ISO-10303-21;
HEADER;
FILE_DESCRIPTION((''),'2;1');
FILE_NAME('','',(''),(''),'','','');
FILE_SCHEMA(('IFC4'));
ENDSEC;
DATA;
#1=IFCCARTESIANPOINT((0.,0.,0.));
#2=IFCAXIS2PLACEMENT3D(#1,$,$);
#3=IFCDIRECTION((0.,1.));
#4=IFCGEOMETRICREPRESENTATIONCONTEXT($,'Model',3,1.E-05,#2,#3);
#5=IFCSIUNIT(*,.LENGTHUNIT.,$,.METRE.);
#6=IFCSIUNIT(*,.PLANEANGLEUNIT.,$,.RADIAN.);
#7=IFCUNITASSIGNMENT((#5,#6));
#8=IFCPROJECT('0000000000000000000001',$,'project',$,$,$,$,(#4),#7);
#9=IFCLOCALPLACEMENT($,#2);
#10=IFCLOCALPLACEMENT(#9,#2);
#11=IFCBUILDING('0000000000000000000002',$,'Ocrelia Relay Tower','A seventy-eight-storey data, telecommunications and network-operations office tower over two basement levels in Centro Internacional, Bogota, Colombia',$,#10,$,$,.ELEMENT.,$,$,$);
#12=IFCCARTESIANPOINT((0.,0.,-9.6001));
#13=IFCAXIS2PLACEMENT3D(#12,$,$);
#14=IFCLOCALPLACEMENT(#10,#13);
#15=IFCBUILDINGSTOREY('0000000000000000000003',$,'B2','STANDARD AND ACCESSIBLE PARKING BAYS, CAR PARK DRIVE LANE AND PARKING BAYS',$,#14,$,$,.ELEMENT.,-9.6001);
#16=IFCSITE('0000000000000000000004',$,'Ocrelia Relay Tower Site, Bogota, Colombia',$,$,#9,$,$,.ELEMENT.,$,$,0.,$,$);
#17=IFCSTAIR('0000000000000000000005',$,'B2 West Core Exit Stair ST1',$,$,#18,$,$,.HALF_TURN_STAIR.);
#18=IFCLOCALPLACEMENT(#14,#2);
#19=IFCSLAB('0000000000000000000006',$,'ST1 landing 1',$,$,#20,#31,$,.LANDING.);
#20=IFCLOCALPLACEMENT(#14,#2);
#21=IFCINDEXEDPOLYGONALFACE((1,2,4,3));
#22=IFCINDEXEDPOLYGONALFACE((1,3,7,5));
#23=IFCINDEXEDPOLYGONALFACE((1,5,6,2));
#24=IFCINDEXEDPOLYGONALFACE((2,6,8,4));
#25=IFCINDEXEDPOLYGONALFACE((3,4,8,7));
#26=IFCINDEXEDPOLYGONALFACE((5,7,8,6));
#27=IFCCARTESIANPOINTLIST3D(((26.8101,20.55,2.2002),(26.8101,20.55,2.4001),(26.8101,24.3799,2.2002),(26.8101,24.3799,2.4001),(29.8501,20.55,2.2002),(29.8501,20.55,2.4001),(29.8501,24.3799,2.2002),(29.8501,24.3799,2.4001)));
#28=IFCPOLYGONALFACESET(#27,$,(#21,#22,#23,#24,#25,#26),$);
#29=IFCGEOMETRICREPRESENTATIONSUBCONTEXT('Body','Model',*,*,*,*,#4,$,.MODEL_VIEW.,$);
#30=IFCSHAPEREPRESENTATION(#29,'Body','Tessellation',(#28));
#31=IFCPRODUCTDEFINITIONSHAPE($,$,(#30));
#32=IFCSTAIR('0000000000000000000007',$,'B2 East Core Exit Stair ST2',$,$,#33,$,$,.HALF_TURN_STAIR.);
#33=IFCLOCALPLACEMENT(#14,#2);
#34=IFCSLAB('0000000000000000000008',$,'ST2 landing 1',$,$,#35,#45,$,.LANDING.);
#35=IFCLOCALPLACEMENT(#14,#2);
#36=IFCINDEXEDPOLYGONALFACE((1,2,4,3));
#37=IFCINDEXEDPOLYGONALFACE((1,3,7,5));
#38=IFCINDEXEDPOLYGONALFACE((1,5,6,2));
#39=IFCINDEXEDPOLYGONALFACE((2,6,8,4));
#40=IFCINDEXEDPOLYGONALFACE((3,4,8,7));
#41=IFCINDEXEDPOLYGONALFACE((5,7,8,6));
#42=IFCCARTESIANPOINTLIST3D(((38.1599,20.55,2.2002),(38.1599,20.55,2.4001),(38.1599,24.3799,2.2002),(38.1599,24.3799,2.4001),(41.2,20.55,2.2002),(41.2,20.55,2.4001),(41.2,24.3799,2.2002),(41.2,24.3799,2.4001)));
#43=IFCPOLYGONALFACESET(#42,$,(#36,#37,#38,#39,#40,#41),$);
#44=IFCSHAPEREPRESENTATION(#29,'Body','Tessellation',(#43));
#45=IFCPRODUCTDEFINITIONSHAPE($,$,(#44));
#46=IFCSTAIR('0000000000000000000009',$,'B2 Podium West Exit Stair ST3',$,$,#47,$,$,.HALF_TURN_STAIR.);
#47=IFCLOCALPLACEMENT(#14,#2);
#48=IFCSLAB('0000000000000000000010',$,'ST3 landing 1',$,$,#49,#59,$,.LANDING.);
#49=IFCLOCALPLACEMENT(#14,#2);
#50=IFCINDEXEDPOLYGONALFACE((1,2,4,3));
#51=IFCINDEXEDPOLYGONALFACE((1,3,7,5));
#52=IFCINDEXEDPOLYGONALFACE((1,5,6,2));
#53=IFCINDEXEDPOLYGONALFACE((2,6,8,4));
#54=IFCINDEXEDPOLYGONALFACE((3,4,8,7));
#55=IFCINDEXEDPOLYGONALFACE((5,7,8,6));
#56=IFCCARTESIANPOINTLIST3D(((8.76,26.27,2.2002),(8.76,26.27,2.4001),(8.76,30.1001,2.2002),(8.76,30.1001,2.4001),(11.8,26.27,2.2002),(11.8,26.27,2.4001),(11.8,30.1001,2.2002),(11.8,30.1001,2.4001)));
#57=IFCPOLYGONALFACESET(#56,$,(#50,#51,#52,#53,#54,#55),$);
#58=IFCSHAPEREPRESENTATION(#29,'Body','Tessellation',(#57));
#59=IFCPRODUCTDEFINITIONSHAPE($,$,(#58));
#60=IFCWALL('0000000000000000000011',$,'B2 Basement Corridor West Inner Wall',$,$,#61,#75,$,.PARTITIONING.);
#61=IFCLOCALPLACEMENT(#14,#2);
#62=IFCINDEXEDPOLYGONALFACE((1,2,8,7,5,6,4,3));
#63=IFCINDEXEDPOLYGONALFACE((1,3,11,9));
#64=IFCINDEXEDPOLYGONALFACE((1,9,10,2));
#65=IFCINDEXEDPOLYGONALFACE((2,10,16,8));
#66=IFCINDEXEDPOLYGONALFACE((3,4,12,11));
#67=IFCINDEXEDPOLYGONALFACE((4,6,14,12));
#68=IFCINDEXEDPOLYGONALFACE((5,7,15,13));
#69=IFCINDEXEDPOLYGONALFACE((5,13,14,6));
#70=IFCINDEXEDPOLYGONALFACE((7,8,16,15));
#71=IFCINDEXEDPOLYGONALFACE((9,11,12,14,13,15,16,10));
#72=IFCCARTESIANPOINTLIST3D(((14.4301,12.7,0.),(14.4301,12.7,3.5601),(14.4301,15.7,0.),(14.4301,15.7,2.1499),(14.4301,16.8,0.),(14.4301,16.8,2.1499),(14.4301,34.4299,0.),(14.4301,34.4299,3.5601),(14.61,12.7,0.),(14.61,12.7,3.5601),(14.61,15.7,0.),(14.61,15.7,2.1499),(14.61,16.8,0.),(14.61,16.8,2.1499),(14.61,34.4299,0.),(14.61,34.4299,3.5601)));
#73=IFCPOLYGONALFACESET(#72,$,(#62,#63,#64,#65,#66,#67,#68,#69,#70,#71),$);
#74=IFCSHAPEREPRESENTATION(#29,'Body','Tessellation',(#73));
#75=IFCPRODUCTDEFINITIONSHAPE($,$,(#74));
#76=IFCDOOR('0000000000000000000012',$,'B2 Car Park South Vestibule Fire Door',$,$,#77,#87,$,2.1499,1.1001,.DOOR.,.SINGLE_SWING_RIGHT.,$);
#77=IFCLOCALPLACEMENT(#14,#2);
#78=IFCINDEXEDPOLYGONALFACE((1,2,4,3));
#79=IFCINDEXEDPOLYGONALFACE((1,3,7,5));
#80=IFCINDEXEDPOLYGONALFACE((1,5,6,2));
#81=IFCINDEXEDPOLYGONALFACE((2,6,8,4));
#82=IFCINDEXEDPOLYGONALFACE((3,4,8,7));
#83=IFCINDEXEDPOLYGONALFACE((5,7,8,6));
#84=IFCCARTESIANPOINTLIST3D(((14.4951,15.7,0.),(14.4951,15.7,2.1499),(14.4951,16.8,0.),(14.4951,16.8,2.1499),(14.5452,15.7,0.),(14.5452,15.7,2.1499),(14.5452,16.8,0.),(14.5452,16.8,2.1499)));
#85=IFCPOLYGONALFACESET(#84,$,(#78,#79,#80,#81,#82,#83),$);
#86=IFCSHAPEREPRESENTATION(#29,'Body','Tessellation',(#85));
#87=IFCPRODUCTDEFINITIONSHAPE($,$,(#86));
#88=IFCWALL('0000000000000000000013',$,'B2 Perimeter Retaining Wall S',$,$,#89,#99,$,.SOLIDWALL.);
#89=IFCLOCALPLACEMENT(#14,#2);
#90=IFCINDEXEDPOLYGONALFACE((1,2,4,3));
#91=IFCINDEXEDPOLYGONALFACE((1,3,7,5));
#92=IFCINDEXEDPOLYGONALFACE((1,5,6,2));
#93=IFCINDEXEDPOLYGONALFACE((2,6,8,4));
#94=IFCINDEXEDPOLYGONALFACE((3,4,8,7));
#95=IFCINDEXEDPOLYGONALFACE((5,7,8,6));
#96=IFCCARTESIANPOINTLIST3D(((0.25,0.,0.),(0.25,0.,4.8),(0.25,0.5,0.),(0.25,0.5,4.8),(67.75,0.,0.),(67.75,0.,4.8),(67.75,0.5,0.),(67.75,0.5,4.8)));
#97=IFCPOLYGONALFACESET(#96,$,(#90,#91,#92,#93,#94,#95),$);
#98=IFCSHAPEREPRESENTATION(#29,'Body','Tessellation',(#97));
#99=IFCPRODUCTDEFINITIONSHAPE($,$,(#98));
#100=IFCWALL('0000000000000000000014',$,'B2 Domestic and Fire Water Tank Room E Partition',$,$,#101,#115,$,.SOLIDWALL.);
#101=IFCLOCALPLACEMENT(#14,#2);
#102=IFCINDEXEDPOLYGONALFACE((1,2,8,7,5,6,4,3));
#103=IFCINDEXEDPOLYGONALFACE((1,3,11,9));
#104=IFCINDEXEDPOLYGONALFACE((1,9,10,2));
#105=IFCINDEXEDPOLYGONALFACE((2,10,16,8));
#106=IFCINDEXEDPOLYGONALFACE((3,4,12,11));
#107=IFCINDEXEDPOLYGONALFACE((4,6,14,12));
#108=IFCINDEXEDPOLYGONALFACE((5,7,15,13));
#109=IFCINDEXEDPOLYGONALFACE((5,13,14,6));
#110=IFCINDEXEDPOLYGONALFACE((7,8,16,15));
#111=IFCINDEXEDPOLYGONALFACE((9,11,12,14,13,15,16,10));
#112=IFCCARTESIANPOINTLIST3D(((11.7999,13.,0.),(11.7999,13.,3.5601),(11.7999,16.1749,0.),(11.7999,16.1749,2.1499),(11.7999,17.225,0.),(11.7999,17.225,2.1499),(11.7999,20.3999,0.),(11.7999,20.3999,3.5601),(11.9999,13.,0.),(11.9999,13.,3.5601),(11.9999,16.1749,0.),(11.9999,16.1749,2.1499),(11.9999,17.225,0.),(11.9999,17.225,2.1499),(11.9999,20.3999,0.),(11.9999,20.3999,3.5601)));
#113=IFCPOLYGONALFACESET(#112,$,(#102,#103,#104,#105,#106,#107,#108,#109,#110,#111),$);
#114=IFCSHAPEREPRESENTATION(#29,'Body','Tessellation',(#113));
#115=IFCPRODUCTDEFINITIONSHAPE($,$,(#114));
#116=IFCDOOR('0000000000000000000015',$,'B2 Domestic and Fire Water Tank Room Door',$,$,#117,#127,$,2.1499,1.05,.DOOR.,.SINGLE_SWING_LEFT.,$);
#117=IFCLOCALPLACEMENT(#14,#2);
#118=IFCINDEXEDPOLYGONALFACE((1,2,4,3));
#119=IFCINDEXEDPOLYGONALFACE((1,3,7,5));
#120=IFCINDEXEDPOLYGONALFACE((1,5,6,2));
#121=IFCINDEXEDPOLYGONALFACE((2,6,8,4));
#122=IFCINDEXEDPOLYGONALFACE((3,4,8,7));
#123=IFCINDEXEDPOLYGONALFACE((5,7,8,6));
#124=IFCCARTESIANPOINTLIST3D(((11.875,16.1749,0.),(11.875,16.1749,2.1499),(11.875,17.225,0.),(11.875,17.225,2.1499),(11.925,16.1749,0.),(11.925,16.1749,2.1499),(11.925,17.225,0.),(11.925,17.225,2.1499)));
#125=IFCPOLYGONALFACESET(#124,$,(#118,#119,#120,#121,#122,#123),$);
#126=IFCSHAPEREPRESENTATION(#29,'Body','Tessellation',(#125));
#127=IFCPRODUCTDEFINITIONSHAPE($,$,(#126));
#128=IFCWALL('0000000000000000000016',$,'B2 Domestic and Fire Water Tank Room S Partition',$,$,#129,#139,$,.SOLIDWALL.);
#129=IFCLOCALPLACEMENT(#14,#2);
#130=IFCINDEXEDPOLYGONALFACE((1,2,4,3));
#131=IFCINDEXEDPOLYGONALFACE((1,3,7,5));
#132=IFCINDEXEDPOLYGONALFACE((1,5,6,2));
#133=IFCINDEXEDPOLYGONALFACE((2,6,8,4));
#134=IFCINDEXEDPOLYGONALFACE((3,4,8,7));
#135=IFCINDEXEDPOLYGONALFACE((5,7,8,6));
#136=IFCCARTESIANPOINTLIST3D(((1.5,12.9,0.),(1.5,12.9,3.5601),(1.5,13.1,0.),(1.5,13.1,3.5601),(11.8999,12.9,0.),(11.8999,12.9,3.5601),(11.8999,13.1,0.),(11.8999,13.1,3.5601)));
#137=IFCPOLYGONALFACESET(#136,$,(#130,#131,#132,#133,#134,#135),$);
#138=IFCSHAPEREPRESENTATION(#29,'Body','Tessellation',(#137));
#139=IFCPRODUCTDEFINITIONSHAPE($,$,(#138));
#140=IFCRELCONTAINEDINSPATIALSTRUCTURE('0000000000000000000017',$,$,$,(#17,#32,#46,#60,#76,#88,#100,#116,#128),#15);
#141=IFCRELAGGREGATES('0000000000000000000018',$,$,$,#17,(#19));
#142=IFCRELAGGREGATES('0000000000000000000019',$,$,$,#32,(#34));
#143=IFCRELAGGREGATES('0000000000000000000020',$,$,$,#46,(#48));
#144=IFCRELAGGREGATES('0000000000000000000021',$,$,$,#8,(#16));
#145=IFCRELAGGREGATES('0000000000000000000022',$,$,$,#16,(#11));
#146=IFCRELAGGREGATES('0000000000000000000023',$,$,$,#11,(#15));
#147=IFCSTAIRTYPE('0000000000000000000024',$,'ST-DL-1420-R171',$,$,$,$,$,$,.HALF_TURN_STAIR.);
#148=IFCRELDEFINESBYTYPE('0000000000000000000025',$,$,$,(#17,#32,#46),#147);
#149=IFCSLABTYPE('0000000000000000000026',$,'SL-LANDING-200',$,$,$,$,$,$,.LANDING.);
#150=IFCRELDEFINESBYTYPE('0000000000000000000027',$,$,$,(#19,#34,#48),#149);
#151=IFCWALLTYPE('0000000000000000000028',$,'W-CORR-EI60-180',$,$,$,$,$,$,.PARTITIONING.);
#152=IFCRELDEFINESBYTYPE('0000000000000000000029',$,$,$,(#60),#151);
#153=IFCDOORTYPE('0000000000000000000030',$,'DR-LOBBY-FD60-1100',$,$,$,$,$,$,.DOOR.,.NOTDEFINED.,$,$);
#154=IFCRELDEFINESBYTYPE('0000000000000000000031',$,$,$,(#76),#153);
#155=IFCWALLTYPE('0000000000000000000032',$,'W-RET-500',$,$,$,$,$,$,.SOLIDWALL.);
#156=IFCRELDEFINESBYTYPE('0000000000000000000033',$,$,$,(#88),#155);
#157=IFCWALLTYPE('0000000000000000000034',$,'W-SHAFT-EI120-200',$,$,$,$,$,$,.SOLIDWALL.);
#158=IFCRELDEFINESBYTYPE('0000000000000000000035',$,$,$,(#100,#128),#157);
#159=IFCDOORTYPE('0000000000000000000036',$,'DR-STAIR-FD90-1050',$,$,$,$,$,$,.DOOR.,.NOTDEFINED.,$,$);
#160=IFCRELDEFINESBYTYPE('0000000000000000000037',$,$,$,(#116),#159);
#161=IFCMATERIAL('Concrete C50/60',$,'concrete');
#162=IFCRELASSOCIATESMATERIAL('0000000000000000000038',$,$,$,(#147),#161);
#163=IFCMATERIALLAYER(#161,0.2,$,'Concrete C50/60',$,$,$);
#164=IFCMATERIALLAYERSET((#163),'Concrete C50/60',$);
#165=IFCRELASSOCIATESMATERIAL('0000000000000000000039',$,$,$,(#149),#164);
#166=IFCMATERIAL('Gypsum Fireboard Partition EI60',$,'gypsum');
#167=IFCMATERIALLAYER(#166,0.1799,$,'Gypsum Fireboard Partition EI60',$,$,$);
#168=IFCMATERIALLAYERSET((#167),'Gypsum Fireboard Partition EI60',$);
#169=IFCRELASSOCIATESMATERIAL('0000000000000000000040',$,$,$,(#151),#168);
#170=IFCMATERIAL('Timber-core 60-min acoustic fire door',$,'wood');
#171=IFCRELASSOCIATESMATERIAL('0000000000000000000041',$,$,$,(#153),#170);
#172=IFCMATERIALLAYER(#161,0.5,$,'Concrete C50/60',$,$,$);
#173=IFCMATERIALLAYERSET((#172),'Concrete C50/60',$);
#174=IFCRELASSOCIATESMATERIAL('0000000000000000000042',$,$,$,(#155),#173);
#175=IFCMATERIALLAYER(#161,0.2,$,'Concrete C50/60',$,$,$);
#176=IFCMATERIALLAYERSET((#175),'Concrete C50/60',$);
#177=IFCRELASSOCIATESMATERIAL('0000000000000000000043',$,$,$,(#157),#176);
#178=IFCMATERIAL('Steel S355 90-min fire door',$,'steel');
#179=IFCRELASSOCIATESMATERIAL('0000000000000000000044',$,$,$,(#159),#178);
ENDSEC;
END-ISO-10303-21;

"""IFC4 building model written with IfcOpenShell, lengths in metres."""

from ifc_helpers import new_model, si_unit, direction, frame, frame_2d, origin, place, context, subcontext, project, spatial, polyline, rectangle, outline, extrude, material, layer, layer_set, type_object, element, fill, aggregate, save


model = new_model("IFC4")

# Units and contexts
model_context = context("Model", 3, precision=1e-05, world=origin(), true_north=direction((0.0, 1.0)))
body_context = subcontext(model_context, "Body", "Model", "MODEL_VIEW")
ifc_project = project(units=[si_unit("LENGTHUNIT", "METRE"), si_unit("PLANEANGLEUNIT", "RADIAN")], contexts=[model_context])

# Site, building, storey
site_placement = place(None, origin())
site = spatial("IfcSite", under=ifc_project, at=site_placement, Name="Ocrelia Relay Tower Site, Bogota, Colombia", CompositionType="ELEMENT", RefElevation=0.0)
building_placement = place(site_placement, origin())
building = spatial("IfcBuilding", under=site, at=building_placement, Name="Ocrelia Relay Tower", Description="A seventy-eight-storey data, telecommunications and network-operations office tower over two basement levels in Centro Internacional, Bogota, Colombia", CompositionType="ELEMENT")
storey_placement = place(building_placement, frame((0.0, 0.0, -9.6001)))
storey = spatial("IfcBuildingStorey", under=building, at=storey_placement, Name="B2", Description="STANDARD AND ACCESSIBLE PARKING BAYS, CAR PARK DRIVE LANE AND PARKING BAYS", CompositionType="ELEMENT", Elevation=-9.6001)

# Shared definitions
ifc_material_1 = material(Name="Concrete C50/60", Category="concrete")

# Stairs, slabs
stair_type = type_object("IfcStairType", Name="ST-DL-1420-R171", PredefinedType="HALF_TURN_STAIR", material=ifc_material_1)
stair_1_placement = place(storey_placement, origin())
stair_1 = element("IfcStair", 1, at=stair_1_placement, inside=storey, type_object=stair_type, Name="B2 West Core Exit Stair ST1", PredefinedType="HALF_TURN_STAIR")
ifc_layer_1 = layer(ifc_material_1, 0.2, Name="Concrete C50/60")
ifc_layer_set_1 = layer_set([ifc_layer_1], Name="Concrete C50/60")
slab_type_1 = type_object("IfcSlabType", Name="SL-LANDING-200", PredefinedType="LANDING", material=ifc_layer_set_1)
slab_1_placement = place(storey_placement, frame((0.0, 0.0, 2.2002)))
slab_1 = element("IfcSlab", 2, at=slab_1_placement, type_object=slab_type_1, Name="ST1 landing 1", PredefinedType="LANDING", context=body_context, shape_type="SweptSolid", body=[
    extrude(outline(polyline([(26.8101, 24.3799), (26.8101, 20.55), (29.8501, 20.55), (29.8501, 24.3799), (26.8101, 24.3799)])), origin(), (0.0, 0.0, 1.0), 0.2),
])
aggregate(stair_1, [slab_1])
stair_2_placement = place(storey_placement, origin())
stair_2 = element("IfcStair", 3, at=stair_2_placement, inside=storey, type_object=stair_type, Name="B2 East Core Exit Stair ST2", PredefinedType="HALF_TURN_STAIR")
slab_2_placement = place(storey_placement, frame((0.0, 0.0, 2.2002)))
slab_2 = element("IfcSlab", 4, at=slab_2_placement, type_object=slab_type_1, Name="ST2 landing 1", PredefinedType="LANDING", context=body_context, shape_type="SweptSolid", body=[
    extrude(outline(polyline([(38.1599, 24.3799), (38.1599, 20.55), (41.2, 20.55), (41.2, 24.3799), (38.1599, 24.3799)])), origin(), (0.0, 0.0, 1.0), 0.2),
])
aggregate(stair_2, [slab_2])
stair_3_placement = place(storey_placement, origin())
stair_3 = element("IfcStair", 5, at=stair_3_placement, inside=storey, type_object=stair_type, Name="B2 Podium West Exit Stair ST3", PredefinedType="HALF_TURN_STAIR")
slab_3_placement = place(storey_placement, frame((0.0, 0.0, 2.2002)))
slab_3 = element("IfcSlab", 6, at=slab_3_placement, type_object=slab_type_1, Name="ST3 landing 1", PredefinedType="LANDING", context=body_context, shape_type="SweptSolid", body=[
    extrude(outline(polyline([(11.8, 26.27), (11.8, 30.1001), (8.76, 30.1001), (8.76, 26.27), (11.8, 26.27)])), origin(), (0.0, 0.0, 1.0), 0.2),
])
aggregate(stair_3, [slab_3])

# Wall, opening, door
ifc_material_2 = material(Name="Gypsum Fireboard Partition EI60", Category="gypsum")
ifc_layer_2 = layer(ifc_material_2, 0.1799, Name="Gypsum Fireboard Partition EI60")
ifc_layer_set_2 = layer_set([ifc_layer_2], Name="Gypsum Fireboard Partition EI60")
wall_type_1 = type_object("IfcWallType", Name="W-CORR-EI60-180", PredefinedType="PARTITIONING", material=ifc_layer_set_2)
wall_1_placement = place(storey_placement, frame((14.52, 12.7, 0.0), z_axis=(0.0, 0.0, 1.0), x_axis=(0.0, 1.0, 0.0)))
wall_1 = element("IfcWall", 7, at=wall_1_placement, inside=storey, type_object=wall_type_1, Name="B2 Basement Corridor West Inner Wall", PredefinedType="PARTITIONING", context=body_context, shape_type="SweptSolid", body=[
    extrude(rectangle(XDim=21.73, YDim=0.1799, at=frame_2d((10.865, 0.0))), origin(), (0.0, 0.0, 1.0), 3.5601),
])
opening_1_placement = place(wall_1_placement, frame((3.0, 0.0, 0.0)))
opening_1 = element("IfcOpeningElement", 8, at=opening_1_placement, cuts=wall_1, PredefinedType="OPENING", context=body_context, shape_type="SweptSolid", body=[
    extrude(rectangle(XDim=1.1001, YDim=2.1499, at=frame_2d((0.55, 1.075))), frame((0.0, 0.1001, 0.0), z_axis=(0.0, -1.0, 0.0), x_axis=(1.0, 0.0, 0.0)), (0.0, 0.0, 1.0), 0.2),
])
ifc_material_3 = material(Name="Timber-core 60-min acoustic fire door", Category="wood")
door_type_1 = type_object("IfcDoorType", Name="DR-LOBBY-FD60-1100", OperationType="NOTDEFINED", PredefinedType="DOOR", material=ifc_material_3)
door_1_placement = place(opening_1_placement, origin())
door_1 = element("IfcDoor", 9, at=door_1_placement, inside=storey, type_object=door_type_1, Name="B2 Car Park South Vestibule Fire Door", OperationType="SINGLE_SWING_RIGHT", OverallHeight=2.1499, OverallWidth=1.1001, PredefinedType="DOOR", context=body_context, shape_type="SweptSolid", body=[
    extrude(rectangle(XDim=1.1001, YDim=2.1499, at=frame_2d((0.55, 1.075))), frame((0.0, 0.0249, 0.0), z_axis=(0.0, -1.0, 0.0), x_axis=(1.0, 0.0, 0.0)), (0.0, 0.0, 1.0), 0.05),
])
fill(opening_1, door_1)

# Wall
ifc_layer_3 = layer(ifc_material_1, 0.5, Name="Concrete C50/60")
ifc_layer_set_3 = layer_set([ifc_layer_3], Name="Concrete C50/60")
wall_type_2 = type_object("IfcWallType", Name="W-RET-500", PredefinedType="SOLIDWALL", material=ifc_layer_set_3)
wall_2_placement = place(storey_placement, frame((0.25, 0.25, 0.0), z_axis=(0.0, 0.0, 1.0), x_axis=(1.0, 0.0, 0.0)))
element("IfcWall", 10, at=wall_2_placement, inside=storey, type_object=wall_type_2, Name="B2 Perimeter Retaining Wall S", PredefinedType="SOLIDWALL", context=body_context, shape_type="SweptSolid", body=[
    extrude(rectangle(XDim=67.5, YDim=0.5, at=frame_2d((33.75, 0.0))), origin(), (0.0, 0.0, 1.0), 4.8),
])

# Wall, opening, door
ifc_layer_4 = layer(ifc_material_1, 0.2, Name="Concrete C50/60")
ifc_layer_set_4 = layer_set([ifc_layer_4], Name="Concrete C50/60")
wall_type_3 = type_object("IfcWallType", Name="W-SHAFT-EI120-200", PredefinedType="SOLIDWALL", material=ifc_layer_set_4)
wall_3_placement = place(storey_placement, frame((11.8999, 13.0, 0.0), z_axis=(0.0, 0.0, 1.0), x_axis=(0.0, 1.0, 0.0)))
wall_3 = element("IfcWall", 11, at=wall_3_placement, inside=storey, type_object=wall_type_3, Name="B2 Domestic and Fire Water Tank Room E Partition", PredefinedType="SOLIDWALL", context=body_context, shape_type="SweptSolid", body=[
    extrude(rectangle(XDim=7.3999, YDim=0.2, at=frame_2d((3.7, 0.0))), origin(), (0.0, 0.0, 1.0), 3.5601),
])
opening_2_placement = place(wall_3_placement, frame((3.175, 0.0, 0.0)))
opening_2 = element("IfcOpeningElement", 12, at=opening_2_placement, cuts=wall_3, PredefinedType="OPENING", context=body_context, shape_type="SweptSolid", body=[
    extrude(rectangle(XDim=1.05, YDim=2.1499, at=frame_2d((0.5249, 1.075))), frame((0.0, 0.1099, 0.0), z_axis=(0.0, -1.0, 0.0), x_axis=(1.0, 0.0, 0.0)), (0.0, 0.0, 1.0), 0.22),
])
ifc_material_4 = material(Name="Steel S355 90-min fire door", Category="steel")
door_type_2 = type_object("IfcDoorType", Name="DR-STAIR-FD90-1050", OperationType="NOTDEFINED", PredefinedType="DOOR", material=ifc_material_4)
door_2_placement = place(opening_2_placement, origin())
door_2 = element("IfcDoor", 13, at=door_2_placement, inside=storey, type_object=door_type_2, Name="B2 Domestic and Fire Water Tank Room Door", OperationType="SINGLE_SWING_LEFT", OverallHeight=2.1499, OverallWidth=1.05, PredefinedType="DOOR", context=body_context, shape_type="SweptSolid", body=[
    extrude(rectangle(XDim=1.05, YDim=2.1499, at=frame_2d((0.5249, 1.075))), frame((0.0, 0.0249, 0.0), z_axis=(0.0, -1.0, 0.0), x_axis=(1.0, 0.0, 0.0)), (0.0, 0.0, 1.0), 0.05),
])
fill(opening_2, door_2)

# Wall
wall_4_placement = place(storey_placement, frame((1.5, 13.0, 0.0), z_axis=(0.0, 0.0, 1.0), x_axis=(1.0, 0.0, 0.0)))
element("IfcWall", 14, at=wall_4_placement, inside=storey, type_object=wall_type_3, Name="B2 Domestic and Fire Water Tank Room S Partition", PredefinedType="SOLIDWALL", context=body_context, shape_type="SweptSolid", body=[
    extrude(rectangle(XDim=10.3999, YDim=0.2, at=frame_2d((5.2, 0.0))), origin(), (0.0, 0.0, 1.0), 3.5601),
])

save(model, "model.ifc")
